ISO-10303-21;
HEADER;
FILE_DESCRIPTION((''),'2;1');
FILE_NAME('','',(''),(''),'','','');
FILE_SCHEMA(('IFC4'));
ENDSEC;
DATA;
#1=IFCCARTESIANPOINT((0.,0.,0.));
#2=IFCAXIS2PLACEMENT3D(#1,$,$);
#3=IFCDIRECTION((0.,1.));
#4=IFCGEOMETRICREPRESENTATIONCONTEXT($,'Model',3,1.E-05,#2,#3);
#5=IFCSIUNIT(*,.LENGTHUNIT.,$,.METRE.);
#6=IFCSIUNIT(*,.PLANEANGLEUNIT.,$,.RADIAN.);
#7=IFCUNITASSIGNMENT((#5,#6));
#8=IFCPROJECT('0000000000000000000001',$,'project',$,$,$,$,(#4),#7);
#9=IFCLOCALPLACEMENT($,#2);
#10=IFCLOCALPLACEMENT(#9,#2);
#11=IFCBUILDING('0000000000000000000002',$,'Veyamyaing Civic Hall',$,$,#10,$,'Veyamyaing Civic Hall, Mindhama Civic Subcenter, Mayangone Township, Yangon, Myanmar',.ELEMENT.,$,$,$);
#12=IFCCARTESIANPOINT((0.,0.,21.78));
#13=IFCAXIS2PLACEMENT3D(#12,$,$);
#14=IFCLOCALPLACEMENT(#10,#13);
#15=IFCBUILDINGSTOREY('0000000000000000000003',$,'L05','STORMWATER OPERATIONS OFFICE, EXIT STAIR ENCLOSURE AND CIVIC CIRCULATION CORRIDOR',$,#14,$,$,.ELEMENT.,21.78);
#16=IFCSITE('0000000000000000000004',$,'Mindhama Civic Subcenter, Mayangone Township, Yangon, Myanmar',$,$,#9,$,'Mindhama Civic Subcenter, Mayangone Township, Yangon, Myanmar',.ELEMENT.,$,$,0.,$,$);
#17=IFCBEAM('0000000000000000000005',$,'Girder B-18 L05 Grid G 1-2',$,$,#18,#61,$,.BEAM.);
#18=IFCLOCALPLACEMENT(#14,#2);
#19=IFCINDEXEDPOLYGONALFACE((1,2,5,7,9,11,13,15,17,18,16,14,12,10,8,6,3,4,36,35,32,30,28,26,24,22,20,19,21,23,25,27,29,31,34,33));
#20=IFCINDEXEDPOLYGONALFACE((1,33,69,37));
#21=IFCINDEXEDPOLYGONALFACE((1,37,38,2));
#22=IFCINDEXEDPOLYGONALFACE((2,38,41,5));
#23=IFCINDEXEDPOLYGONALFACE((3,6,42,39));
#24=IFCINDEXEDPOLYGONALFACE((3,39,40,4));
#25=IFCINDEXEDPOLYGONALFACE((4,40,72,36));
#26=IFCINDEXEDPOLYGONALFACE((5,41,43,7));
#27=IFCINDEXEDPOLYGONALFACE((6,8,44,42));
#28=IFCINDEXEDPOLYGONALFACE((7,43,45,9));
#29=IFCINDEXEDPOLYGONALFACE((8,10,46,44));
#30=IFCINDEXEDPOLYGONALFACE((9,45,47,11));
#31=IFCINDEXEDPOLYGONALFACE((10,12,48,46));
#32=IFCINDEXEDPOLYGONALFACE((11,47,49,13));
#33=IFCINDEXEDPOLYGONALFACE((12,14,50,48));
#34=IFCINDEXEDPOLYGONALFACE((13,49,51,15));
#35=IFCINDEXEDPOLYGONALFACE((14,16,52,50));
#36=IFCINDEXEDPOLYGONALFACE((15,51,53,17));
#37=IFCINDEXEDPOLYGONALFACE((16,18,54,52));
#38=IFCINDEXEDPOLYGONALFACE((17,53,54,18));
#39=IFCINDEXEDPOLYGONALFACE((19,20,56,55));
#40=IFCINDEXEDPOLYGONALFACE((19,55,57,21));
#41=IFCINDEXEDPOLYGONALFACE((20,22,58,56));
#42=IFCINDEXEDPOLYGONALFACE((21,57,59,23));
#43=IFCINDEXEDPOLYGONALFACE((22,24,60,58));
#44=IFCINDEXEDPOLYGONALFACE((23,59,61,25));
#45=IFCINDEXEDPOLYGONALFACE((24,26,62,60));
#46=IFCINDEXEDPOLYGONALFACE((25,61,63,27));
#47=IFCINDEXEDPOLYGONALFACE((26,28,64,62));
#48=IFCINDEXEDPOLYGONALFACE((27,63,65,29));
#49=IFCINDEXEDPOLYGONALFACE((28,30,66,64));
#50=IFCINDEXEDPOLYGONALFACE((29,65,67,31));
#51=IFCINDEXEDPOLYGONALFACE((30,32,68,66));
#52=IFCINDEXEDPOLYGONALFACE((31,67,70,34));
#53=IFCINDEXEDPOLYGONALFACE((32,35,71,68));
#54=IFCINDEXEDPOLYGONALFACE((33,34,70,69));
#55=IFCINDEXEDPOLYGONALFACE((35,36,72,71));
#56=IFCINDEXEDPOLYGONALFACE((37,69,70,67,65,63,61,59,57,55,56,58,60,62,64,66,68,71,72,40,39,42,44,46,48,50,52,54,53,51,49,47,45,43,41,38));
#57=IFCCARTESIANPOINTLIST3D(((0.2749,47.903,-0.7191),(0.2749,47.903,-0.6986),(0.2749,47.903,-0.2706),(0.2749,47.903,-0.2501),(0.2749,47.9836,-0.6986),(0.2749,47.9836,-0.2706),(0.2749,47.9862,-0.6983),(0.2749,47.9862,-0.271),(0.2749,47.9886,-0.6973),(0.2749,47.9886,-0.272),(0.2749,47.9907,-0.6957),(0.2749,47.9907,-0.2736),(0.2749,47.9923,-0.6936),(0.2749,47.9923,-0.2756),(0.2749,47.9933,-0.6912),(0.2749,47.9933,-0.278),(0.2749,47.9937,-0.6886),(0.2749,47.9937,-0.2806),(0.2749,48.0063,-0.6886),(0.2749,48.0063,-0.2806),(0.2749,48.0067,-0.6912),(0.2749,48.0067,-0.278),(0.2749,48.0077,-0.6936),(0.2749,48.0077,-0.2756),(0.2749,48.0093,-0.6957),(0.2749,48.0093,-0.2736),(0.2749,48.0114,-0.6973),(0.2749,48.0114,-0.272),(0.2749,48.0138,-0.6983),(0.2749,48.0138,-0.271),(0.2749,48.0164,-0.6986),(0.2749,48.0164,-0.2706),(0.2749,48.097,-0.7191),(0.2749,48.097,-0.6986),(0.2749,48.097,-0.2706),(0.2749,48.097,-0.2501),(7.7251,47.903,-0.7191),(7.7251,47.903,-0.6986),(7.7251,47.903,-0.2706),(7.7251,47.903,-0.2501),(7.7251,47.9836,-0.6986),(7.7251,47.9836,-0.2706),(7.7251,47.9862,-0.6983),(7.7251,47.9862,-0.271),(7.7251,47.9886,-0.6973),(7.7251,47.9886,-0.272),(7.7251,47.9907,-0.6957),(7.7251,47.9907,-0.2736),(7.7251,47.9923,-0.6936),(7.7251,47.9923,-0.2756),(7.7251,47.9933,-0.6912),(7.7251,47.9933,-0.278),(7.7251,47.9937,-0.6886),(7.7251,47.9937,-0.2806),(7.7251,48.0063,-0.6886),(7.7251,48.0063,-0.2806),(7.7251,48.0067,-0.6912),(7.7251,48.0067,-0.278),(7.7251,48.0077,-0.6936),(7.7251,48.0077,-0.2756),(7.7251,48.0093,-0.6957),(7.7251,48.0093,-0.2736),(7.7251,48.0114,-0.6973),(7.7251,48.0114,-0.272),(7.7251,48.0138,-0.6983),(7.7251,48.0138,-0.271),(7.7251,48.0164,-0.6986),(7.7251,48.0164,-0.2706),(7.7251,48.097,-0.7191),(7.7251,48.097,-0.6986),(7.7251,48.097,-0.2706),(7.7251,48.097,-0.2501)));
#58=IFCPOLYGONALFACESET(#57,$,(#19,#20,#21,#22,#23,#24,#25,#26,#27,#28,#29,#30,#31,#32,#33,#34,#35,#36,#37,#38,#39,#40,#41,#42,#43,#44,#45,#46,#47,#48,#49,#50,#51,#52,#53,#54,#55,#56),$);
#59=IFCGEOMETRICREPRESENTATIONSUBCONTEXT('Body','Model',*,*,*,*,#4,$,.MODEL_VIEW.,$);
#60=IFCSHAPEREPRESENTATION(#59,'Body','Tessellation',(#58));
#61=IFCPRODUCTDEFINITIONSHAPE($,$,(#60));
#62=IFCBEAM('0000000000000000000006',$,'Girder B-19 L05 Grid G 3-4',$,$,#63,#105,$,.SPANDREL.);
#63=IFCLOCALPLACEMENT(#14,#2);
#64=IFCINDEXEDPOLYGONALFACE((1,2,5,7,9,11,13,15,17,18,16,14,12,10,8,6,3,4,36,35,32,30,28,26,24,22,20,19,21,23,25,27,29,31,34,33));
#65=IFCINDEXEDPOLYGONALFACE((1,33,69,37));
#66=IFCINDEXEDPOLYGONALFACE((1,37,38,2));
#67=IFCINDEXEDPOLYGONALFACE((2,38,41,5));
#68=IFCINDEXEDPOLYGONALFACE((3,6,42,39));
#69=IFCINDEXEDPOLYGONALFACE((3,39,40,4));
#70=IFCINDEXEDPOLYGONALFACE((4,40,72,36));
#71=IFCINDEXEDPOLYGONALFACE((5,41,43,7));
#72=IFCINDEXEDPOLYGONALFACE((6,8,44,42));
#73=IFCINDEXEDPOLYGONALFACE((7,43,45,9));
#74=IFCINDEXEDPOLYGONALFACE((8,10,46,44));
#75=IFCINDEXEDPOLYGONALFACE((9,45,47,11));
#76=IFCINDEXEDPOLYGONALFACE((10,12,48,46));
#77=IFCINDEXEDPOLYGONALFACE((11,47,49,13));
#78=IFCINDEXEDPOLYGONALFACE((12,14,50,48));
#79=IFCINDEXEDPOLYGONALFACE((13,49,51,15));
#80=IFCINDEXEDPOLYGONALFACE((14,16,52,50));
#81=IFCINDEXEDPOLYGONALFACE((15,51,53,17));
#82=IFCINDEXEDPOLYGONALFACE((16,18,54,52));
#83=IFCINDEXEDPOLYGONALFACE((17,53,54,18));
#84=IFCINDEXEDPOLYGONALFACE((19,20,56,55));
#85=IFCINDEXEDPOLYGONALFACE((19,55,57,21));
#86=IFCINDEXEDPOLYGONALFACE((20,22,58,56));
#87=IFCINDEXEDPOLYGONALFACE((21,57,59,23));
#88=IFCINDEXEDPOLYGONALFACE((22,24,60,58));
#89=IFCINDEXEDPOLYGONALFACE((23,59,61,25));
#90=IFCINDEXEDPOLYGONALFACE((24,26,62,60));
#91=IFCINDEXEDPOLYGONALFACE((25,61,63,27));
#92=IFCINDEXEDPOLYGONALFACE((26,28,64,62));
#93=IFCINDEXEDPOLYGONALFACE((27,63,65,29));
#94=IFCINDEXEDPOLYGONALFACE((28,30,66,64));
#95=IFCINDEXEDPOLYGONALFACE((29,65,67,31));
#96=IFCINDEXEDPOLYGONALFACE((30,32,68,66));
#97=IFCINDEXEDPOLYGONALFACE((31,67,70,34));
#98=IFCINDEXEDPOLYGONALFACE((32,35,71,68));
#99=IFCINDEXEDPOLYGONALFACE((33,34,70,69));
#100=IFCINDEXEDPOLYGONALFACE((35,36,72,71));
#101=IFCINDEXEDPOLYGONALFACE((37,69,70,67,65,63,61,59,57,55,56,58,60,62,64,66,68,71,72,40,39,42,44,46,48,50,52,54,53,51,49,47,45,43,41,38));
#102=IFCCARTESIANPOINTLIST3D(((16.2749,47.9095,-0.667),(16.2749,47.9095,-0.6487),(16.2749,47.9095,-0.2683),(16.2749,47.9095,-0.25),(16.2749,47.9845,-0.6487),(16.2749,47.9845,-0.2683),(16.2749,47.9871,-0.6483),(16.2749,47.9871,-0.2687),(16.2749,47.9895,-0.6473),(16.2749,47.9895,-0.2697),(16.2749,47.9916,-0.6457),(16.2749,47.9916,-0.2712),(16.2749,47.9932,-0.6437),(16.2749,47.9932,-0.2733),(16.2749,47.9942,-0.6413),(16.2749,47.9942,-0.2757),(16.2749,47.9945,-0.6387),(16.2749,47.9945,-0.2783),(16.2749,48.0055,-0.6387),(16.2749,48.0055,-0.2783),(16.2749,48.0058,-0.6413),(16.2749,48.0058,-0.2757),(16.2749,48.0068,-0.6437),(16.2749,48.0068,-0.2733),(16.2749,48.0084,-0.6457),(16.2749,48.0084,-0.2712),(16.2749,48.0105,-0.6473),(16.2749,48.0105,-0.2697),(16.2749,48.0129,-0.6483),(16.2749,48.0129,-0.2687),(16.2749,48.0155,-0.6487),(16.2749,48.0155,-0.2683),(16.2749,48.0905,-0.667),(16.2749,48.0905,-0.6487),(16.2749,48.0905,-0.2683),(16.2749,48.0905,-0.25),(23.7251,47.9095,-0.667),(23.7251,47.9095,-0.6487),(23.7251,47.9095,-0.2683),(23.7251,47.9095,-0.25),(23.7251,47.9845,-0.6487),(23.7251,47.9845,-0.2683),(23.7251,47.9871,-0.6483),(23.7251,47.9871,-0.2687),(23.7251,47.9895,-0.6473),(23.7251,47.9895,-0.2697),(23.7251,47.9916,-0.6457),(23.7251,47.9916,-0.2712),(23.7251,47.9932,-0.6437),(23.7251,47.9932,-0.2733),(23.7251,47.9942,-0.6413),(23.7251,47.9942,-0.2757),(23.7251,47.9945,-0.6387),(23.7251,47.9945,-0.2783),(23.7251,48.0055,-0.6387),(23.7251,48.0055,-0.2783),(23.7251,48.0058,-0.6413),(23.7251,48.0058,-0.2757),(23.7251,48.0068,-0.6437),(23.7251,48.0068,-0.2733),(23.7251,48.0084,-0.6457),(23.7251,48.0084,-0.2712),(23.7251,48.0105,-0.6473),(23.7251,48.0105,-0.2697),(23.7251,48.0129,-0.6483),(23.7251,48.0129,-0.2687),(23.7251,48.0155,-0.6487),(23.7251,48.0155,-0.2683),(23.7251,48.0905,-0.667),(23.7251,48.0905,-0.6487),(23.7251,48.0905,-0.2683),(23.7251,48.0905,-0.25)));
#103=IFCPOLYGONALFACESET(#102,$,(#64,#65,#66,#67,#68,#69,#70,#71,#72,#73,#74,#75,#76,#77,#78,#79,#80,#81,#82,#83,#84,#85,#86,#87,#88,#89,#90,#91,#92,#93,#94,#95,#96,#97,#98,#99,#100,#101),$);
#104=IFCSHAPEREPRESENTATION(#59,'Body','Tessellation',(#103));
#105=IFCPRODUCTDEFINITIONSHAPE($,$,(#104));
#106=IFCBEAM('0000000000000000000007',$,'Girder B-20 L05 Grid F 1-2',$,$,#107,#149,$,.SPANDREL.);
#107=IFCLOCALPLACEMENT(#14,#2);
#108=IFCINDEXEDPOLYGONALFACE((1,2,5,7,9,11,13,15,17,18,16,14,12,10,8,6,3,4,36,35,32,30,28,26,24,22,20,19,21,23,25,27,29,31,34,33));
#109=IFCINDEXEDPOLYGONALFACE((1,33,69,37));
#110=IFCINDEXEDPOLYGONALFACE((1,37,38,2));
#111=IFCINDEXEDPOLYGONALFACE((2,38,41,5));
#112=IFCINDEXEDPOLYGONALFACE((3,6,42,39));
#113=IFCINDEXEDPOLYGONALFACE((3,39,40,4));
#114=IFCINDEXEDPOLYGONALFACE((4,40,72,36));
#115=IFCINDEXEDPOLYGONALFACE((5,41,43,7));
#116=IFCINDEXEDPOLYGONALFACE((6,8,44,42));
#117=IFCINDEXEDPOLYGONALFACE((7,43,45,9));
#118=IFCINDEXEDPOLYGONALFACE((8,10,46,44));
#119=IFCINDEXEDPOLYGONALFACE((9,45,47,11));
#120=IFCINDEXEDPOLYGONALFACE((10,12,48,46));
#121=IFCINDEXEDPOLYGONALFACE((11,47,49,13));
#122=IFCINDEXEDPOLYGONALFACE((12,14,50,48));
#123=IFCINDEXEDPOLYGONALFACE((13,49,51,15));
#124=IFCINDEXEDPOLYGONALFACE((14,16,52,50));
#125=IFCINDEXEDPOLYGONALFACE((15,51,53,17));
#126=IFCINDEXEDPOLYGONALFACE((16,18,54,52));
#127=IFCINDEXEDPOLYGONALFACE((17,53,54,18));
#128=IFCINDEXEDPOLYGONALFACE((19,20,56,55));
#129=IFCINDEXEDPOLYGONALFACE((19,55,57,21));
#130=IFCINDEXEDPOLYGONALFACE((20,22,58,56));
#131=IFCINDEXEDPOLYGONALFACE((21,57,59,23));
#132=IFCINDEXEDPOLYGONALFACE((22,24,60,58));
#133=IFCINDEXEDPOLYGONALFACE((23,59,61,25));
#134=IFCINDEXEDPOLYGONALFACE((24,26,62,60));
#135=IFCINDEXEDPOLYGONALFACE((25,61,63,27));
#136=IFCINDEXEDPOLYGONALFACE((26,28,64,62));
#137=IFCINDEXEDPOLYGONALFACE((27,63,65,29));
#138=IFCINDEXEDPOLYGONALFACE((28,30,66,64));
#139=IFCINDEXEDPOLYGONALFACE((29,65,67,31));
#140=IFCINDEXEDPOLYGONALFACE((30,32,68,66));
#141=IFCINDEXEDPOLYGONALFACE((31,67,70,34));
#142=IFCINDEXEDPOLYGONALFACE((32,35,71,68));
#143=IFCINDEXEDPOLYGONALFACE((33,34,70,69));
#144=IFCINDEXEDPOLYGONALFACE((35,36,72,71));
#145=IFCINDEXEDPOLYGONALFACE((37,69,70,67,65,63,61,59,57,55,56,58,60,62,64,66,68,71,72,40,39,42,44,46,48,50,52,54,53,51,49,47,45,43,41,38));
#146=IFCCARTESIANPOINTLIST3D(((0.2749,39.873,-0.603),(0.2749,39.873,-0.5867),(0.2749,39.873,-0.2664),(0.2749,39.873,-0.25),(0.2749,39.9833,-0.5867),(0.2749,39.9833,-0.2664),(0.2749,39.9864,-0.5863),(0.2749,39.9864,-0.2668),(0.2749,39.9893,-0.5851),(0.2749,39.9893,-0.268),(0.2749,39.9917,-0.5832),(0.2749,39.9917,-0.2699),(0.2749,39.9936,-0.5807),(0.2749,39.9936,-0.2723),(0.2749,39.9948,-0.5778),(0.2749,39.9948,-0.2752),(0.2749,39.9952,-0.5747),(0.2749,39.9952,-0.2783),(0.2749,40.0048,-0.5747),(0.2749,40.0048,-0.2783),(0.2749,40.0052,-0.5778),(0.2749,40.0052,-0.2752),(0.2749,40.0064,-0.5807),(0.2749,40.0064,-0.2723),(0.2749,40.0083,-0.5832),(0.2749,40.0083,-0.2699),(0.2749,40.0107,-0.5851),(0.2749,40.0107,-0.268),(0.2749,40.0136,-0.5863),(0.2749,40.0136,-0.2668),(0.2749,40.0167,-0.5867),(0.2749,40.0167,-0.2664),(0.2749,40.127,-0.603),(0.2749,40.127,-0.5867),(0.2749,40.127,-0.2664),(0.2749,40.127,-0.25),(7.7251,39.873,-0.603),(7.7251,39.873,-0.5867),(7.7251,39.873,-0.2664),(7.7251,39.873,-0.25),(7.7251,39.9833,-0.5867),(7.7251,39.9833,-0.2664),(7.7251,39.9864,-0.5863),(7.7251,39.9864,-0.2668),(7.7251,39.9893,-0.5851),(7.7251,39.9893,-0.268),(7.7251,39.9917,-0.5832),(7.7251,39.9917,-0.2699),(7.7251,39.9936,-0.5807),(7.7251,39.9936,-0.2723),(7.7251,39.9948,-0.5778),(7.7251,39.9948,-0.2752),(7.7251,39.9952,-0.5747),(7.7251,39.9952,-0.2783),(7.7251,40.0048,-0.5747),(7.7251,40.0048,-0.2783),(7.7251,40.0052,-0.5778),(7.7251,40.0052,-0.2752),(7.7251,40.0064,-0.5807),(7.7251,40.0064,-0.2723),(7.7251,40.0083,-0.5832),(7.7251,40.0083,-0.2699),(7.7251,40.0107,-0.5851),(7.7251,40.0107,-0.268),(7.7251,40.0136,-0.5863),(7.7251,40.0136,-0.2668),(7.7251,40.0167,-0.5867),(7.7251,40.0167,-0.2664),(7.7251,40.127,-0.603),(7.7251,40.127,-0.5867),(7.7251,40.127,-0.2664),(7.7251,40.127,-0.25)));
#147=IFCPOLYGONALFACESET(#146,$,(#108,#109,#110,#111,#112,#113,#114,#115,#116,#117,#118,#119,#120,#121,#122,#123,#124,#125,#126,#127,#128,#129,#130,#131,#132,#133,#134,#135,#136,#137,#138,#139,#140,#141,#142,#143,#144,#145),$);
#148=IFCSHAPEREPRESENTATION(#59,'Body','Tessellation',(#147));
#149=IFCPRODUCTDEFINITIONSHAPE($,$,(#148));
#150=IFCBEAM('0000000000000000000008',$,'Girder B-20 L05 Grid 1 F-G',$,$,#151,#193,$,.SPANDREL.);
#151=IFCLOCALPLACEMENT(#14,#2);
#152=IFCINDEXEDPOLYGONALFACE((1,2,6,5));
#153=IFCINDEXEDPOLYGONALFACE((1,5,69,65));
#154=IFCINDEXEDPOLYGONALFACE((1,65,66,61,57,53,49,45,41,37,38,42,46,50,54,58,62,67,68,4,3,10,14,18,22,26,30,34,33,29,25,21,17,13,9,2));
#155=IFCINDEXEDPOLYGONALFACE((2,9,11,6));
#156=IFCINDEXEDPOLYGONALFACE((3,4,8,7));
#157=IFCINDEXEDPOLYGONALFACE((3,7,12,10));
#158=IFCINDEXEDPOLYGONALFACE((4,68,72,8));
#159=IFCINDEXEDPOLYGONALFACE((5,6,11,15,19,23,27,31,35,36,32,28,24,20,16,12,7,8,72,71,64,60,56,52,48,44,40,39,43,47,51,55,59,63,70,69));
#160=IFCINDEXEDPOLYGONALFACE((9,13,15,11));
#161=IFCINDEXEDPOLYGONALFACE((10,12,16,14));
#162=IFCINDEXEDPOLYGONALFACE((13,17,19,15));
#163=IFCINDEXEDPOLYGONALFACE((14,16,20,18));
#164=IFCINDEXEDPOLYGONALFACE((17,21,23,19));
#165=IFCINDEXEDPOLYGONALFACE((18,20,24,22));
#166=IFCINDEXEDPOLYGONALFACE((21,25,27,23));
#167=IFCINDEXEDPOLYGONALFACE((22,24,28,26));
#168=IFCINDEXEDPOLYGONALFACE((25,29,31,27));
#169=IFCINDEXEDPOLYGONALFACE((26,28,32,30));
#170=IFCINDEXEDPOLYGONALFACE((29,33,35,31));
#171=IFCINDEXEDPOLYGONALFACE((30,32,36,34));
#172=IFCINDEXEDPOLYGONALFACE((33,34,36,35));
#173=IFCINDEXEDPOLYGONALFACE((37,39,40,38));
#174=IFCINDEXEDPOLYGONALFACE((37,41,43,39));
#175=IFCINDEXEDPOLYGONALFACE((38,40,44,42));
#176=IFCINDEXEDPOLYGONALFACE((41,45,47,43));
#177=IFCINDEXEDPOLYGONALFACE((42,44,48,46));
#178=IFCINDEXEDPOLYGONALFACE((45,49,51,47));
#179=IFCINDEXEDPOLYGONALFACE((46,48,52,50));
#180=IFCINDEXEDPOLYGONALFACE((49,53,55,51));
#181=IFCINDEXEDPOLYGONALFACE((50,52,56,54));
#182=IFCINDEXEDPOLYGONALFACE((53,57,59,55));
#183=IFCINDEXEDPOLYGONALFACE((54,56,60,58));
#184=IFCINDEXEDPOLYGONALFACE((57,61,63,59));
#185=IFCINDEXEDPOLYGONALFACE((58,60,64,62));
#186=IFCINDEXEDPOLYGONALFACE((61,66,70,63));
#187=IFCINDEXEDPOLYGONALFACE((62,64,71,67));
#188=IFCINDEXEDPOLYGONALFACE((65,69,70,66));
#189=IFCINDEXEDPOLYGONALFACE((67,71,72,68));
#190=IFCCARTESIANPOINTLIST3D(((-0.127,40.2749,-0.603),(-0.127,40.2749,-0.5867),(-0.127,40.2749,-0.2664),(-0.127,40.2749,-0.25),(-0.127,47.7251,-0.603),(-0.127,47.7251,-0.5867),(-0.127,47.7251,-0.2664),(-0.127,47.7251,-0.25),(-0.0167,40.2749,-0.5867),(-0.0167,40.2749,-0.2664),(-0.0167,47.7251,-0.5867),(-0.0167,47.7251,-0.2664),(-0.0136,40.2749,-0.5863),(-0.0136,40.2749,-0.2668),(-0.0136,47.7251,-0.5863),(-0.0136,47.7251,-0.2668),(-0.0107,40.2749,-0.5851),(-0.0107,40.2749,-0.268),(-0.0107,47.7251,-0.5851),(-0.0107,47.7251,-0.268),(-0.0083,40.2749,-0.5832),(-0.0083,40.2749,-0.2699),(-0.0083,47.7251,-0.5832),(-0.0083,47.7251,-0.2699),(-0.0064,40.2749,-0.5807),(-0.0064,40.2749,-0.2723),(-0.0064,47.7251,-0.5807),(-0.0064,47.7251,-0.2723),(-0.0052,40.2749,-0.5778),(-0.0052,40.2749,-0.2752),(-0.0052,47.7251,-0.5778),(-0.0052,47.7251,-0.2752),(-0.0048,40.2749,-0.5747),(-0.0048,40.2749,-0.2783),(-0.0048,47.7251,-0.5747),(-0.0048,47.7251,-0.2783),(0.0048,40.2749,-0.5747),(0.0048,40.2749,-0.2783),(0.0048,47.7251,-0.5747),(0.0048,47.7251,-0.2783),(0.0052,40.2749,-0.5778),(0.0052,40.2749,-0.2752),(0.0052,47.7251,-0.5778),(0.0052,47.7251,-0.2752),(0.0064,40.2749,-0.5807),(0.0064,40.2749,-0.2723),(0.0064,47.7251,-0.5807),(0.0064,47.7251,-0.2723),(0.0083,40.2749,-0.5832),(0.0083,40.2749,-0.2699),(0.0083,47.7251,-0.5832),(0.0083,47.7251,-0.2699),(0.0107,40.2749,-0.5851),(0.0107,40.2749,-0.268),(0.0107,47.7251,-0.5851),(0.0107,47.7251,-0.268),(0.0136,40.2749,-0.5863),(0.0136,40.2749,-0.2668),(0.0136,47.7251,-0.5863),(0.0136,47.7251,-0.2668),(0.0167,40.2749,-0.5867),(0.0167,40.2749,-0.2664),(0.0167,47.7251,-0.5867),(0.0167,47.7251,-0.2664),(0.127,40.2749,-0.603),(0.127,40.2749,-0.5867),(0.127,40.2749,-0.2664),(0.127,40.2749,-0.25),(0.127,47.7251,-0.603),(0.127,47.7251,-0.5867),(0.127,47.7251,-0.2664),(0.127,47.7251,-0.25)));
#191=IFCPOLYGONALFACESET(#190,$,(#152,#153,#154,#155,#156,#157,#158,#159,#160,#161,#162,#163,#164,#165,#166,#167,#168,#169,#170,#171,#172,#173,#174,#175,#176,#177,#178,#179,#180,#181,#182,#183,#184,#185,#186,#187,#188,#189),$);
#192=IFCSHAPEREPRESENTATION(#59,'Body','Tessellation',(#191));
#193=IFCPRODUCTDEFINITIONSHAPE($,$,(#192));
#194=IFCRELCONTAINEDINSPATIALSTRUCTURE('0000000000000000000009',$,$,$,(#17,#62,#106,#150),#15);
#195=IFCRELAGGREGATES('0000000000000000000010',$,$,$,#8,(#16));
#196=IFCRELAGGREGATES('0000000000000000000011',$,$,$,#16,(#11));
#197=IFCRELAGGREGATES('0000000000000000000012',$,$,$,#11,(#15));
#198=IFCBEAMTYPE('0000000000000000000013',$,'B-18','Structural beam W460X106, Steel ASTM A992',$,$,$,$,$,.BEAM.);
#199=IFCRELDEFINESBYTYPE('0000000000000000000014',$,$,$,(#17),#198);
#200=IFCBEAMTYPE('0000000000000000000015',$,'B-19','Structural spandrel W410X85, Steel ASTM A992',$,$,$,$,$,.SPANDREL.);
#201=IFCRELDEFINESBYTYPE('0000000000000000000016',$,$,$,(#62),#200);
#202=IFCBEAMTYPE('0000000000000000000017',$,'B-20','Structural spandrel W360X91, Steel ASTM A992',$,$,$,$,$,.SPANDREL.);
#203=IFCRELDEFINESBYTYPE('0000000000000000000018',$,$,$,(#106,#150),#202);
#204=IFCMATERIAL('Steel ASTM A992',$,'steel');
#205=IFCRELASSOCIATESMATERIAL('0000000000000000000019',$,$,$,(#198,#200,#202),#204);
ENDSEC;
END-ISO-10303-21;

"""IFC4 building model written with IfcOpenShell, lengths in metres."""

from ifc_helpers import new_model, si_unit, direction, frame, origin, origin_2d, place, context, subcontext, project, spatial, i_section, extrude, material, material_profile, profile_set, type_object, element, save


model = new_model("IFC4")

# Units and contexts
model_context = context("Model", 3, precision=1e-05, world=origin(), true_north=direction((0.0, 1.0)))
body_context = subcontext(model_context, "Body", "Model", "MODEL_VIEW")
ifc_project = project(units=[si_unit("LENGTHUNIT", "METRE"), si_unit("PLANEANGLEUNIT", "RADIAN")], contexts=[model_context])

# Site, building, storey
site_placement = place(None, origin())
site = spatial("IfcSite", under=ifc_project, at=site_placement, Name="Mindhama Civic Subcenter, Mayangone Township, Yangon, Myanmar", LongName="Mindhama Civic Subcenter, Mayangone Township, Yangon, Myanmar", CompositionType="ELEMENT", RefElevation=0.0)
building_placement = place(site_placement, origin())
building = spatial("IfcBuilding", under=site, at=building_placement, Name="Veyamyaing Civic Hall", LongName="Veyamyaing Civic Hall, Mindhama Civic Subcenter, Mayangone Township, Yangon, Myanmar", CompositionType="ELEMENT")
storey_placement = place(building_placement, frame((0.0, 0.0, 21.78)))
storey = spatial("IfcBuildingStorey", under=building, at=storey_placement, Name="L05", Description="STORMWATER OPERATIONS OFFICE, EXIT STAIR ENCLOSURE AND CIVIC CIRCULATION CORRIDOR", CompositionType="ELEMENT", Elevation=21.78)

# Beams
ifc_material_1 = material(Name="Steel ASTM A992", Category="steel")
ifc_material_profile_1 = material_profile(ifc_material_1, i_section(OverallWidth=0.1941, OverallDepth=0.469, WebThickness=0.0127, FlangeThickness=0.0205, FilletRadius=0.01, at=origin_2d()), Name="W460X106")
ifc_profile_set_1 = profile_set([ifc_material_profile_1], Name="Steel ASTM A992")
beam_type_1 = type_object("IfcBeamType", Name="B-18", Description="Structural beam W460X106, Steel ASTM A992", PredefinedType="BEAM", material=ifc_profile_set_1)
beam_1_placement = place(storey_placement, frame((0.2749, 48.0, -0.4846), z_axis=(1.0, 0.0, 0.0), x_axis=(0.0, 1.0, 0.0)))
element("IfcBeam", 1, at=beam_1_placement, inside=storey, type_object=beam_type_1, Name="Girder B-18 L05 Grid G 1-2", PredefinedType="BEAM", context=body_context, shape_type="SweptSolid", body=[
    extrude(i_section(OverallWidth=0.1941, OverallDepth=0.469, WebThickness=0.0127, FlangeThickness=0.0205, FilletRadius=0.01, at=origin_2d()), origin(), (0.0, 0.0, 1.0), 7.4502),
])
ifc_material_profile_2 = material_profile(ifc_material_1, i_section(OverallWidth=0.1809, OverallDepth=0.417, WebThickness=0.011, FlangeThickness=0.0183, FilletRadius=0.01, at=origin_2d()), Name="W410X85")
ifc_profile_set_2 = profile_set([ifc_material_profile_2], Name="Steel ASTM A992")
beam_type_2 = type_object("IfcBeamType", Name="B-19", Description="Structural spandrel W410X85, Steel ASTM A992", PredefinedType="SPANDREL", material=ifc_profile_set_2)
beam_2_placement = place(storey_placement, frame((16.2749, 48.0, -0.4585), z_axis=(1.0, 0.0, 0.0), x_axis=(0.0, 1.0, 0.0)))
element("IfcBeam", 2, at=beam_2_placement, inside=storey, type_object=beam_type_2, Name="Girder B-19 L05 Grid G 3-4", PredefinedType="SPANDREL", context=body_context, shape_type="SweptSolid", body=[
    extrude(i_section(OverallWidth=0.1809, OverallDepth=0.417, WebThickness=0.011, FlangeThickness=0.0183, FilletRadius=0.01, at=origin_2d()), origin(), (0.0, 0.0, 1.0), 7.4502),
])
ifc_material_profile_3 = material_profile(ifc_material_1, i_section(OverallWidth=0.2539, OverallDepth=0.353, WebThickness=0.0095, FlangeThickness=0.0164, FilletRadius=0.012, at=origin_2d()), Name="W360X91")
ifc_profile_set_3 = profile_set([ifc_material_profile_3], Name="Steel ASTM A992")
beam_type_3 = type_object("IfcBeamType", Name="B-20", Description="Structural spandrel W360X91, Steel ASTM A992", PredefinedType="SPANDREL", material=ifc_profile_set_3)
for number, where, z_axis, x_axis, name in (
    (3, (0.2749, 40.0, -0.4265), (1.0, 0.0, 0.0), (0.0, 1.0, 0.0), "Girder B-20 L05 Grid F 1-2"),
    (4, (0.0, 40.2749, -0.4265), (0.0, 1.0, 0.0), (-1.0, 0.0, 0.0), "Girder B-20 L05 Grid 1 F-G"),
):
    element("IfcBeam", number, at=place(storey_placement, frame(where, z_axis=z_axis, x_axis=x_axis)), inside=storey, type_object=beam_type_3, Name=name, PredefinedType="SPANDREL", context=body_context, shape_type="SweptSolid", body=[
        extrude(i_section(OverallWidth=0.2539, OverallDepth=0.353, WebThickness=0.0095, FlangeThickness=0.0164, FilletRadius=0.012, at=origin_2d()), origin(), (0.0, 0.0, 1.0), 7.4502),
    ])

save(model, "model.ifc")
